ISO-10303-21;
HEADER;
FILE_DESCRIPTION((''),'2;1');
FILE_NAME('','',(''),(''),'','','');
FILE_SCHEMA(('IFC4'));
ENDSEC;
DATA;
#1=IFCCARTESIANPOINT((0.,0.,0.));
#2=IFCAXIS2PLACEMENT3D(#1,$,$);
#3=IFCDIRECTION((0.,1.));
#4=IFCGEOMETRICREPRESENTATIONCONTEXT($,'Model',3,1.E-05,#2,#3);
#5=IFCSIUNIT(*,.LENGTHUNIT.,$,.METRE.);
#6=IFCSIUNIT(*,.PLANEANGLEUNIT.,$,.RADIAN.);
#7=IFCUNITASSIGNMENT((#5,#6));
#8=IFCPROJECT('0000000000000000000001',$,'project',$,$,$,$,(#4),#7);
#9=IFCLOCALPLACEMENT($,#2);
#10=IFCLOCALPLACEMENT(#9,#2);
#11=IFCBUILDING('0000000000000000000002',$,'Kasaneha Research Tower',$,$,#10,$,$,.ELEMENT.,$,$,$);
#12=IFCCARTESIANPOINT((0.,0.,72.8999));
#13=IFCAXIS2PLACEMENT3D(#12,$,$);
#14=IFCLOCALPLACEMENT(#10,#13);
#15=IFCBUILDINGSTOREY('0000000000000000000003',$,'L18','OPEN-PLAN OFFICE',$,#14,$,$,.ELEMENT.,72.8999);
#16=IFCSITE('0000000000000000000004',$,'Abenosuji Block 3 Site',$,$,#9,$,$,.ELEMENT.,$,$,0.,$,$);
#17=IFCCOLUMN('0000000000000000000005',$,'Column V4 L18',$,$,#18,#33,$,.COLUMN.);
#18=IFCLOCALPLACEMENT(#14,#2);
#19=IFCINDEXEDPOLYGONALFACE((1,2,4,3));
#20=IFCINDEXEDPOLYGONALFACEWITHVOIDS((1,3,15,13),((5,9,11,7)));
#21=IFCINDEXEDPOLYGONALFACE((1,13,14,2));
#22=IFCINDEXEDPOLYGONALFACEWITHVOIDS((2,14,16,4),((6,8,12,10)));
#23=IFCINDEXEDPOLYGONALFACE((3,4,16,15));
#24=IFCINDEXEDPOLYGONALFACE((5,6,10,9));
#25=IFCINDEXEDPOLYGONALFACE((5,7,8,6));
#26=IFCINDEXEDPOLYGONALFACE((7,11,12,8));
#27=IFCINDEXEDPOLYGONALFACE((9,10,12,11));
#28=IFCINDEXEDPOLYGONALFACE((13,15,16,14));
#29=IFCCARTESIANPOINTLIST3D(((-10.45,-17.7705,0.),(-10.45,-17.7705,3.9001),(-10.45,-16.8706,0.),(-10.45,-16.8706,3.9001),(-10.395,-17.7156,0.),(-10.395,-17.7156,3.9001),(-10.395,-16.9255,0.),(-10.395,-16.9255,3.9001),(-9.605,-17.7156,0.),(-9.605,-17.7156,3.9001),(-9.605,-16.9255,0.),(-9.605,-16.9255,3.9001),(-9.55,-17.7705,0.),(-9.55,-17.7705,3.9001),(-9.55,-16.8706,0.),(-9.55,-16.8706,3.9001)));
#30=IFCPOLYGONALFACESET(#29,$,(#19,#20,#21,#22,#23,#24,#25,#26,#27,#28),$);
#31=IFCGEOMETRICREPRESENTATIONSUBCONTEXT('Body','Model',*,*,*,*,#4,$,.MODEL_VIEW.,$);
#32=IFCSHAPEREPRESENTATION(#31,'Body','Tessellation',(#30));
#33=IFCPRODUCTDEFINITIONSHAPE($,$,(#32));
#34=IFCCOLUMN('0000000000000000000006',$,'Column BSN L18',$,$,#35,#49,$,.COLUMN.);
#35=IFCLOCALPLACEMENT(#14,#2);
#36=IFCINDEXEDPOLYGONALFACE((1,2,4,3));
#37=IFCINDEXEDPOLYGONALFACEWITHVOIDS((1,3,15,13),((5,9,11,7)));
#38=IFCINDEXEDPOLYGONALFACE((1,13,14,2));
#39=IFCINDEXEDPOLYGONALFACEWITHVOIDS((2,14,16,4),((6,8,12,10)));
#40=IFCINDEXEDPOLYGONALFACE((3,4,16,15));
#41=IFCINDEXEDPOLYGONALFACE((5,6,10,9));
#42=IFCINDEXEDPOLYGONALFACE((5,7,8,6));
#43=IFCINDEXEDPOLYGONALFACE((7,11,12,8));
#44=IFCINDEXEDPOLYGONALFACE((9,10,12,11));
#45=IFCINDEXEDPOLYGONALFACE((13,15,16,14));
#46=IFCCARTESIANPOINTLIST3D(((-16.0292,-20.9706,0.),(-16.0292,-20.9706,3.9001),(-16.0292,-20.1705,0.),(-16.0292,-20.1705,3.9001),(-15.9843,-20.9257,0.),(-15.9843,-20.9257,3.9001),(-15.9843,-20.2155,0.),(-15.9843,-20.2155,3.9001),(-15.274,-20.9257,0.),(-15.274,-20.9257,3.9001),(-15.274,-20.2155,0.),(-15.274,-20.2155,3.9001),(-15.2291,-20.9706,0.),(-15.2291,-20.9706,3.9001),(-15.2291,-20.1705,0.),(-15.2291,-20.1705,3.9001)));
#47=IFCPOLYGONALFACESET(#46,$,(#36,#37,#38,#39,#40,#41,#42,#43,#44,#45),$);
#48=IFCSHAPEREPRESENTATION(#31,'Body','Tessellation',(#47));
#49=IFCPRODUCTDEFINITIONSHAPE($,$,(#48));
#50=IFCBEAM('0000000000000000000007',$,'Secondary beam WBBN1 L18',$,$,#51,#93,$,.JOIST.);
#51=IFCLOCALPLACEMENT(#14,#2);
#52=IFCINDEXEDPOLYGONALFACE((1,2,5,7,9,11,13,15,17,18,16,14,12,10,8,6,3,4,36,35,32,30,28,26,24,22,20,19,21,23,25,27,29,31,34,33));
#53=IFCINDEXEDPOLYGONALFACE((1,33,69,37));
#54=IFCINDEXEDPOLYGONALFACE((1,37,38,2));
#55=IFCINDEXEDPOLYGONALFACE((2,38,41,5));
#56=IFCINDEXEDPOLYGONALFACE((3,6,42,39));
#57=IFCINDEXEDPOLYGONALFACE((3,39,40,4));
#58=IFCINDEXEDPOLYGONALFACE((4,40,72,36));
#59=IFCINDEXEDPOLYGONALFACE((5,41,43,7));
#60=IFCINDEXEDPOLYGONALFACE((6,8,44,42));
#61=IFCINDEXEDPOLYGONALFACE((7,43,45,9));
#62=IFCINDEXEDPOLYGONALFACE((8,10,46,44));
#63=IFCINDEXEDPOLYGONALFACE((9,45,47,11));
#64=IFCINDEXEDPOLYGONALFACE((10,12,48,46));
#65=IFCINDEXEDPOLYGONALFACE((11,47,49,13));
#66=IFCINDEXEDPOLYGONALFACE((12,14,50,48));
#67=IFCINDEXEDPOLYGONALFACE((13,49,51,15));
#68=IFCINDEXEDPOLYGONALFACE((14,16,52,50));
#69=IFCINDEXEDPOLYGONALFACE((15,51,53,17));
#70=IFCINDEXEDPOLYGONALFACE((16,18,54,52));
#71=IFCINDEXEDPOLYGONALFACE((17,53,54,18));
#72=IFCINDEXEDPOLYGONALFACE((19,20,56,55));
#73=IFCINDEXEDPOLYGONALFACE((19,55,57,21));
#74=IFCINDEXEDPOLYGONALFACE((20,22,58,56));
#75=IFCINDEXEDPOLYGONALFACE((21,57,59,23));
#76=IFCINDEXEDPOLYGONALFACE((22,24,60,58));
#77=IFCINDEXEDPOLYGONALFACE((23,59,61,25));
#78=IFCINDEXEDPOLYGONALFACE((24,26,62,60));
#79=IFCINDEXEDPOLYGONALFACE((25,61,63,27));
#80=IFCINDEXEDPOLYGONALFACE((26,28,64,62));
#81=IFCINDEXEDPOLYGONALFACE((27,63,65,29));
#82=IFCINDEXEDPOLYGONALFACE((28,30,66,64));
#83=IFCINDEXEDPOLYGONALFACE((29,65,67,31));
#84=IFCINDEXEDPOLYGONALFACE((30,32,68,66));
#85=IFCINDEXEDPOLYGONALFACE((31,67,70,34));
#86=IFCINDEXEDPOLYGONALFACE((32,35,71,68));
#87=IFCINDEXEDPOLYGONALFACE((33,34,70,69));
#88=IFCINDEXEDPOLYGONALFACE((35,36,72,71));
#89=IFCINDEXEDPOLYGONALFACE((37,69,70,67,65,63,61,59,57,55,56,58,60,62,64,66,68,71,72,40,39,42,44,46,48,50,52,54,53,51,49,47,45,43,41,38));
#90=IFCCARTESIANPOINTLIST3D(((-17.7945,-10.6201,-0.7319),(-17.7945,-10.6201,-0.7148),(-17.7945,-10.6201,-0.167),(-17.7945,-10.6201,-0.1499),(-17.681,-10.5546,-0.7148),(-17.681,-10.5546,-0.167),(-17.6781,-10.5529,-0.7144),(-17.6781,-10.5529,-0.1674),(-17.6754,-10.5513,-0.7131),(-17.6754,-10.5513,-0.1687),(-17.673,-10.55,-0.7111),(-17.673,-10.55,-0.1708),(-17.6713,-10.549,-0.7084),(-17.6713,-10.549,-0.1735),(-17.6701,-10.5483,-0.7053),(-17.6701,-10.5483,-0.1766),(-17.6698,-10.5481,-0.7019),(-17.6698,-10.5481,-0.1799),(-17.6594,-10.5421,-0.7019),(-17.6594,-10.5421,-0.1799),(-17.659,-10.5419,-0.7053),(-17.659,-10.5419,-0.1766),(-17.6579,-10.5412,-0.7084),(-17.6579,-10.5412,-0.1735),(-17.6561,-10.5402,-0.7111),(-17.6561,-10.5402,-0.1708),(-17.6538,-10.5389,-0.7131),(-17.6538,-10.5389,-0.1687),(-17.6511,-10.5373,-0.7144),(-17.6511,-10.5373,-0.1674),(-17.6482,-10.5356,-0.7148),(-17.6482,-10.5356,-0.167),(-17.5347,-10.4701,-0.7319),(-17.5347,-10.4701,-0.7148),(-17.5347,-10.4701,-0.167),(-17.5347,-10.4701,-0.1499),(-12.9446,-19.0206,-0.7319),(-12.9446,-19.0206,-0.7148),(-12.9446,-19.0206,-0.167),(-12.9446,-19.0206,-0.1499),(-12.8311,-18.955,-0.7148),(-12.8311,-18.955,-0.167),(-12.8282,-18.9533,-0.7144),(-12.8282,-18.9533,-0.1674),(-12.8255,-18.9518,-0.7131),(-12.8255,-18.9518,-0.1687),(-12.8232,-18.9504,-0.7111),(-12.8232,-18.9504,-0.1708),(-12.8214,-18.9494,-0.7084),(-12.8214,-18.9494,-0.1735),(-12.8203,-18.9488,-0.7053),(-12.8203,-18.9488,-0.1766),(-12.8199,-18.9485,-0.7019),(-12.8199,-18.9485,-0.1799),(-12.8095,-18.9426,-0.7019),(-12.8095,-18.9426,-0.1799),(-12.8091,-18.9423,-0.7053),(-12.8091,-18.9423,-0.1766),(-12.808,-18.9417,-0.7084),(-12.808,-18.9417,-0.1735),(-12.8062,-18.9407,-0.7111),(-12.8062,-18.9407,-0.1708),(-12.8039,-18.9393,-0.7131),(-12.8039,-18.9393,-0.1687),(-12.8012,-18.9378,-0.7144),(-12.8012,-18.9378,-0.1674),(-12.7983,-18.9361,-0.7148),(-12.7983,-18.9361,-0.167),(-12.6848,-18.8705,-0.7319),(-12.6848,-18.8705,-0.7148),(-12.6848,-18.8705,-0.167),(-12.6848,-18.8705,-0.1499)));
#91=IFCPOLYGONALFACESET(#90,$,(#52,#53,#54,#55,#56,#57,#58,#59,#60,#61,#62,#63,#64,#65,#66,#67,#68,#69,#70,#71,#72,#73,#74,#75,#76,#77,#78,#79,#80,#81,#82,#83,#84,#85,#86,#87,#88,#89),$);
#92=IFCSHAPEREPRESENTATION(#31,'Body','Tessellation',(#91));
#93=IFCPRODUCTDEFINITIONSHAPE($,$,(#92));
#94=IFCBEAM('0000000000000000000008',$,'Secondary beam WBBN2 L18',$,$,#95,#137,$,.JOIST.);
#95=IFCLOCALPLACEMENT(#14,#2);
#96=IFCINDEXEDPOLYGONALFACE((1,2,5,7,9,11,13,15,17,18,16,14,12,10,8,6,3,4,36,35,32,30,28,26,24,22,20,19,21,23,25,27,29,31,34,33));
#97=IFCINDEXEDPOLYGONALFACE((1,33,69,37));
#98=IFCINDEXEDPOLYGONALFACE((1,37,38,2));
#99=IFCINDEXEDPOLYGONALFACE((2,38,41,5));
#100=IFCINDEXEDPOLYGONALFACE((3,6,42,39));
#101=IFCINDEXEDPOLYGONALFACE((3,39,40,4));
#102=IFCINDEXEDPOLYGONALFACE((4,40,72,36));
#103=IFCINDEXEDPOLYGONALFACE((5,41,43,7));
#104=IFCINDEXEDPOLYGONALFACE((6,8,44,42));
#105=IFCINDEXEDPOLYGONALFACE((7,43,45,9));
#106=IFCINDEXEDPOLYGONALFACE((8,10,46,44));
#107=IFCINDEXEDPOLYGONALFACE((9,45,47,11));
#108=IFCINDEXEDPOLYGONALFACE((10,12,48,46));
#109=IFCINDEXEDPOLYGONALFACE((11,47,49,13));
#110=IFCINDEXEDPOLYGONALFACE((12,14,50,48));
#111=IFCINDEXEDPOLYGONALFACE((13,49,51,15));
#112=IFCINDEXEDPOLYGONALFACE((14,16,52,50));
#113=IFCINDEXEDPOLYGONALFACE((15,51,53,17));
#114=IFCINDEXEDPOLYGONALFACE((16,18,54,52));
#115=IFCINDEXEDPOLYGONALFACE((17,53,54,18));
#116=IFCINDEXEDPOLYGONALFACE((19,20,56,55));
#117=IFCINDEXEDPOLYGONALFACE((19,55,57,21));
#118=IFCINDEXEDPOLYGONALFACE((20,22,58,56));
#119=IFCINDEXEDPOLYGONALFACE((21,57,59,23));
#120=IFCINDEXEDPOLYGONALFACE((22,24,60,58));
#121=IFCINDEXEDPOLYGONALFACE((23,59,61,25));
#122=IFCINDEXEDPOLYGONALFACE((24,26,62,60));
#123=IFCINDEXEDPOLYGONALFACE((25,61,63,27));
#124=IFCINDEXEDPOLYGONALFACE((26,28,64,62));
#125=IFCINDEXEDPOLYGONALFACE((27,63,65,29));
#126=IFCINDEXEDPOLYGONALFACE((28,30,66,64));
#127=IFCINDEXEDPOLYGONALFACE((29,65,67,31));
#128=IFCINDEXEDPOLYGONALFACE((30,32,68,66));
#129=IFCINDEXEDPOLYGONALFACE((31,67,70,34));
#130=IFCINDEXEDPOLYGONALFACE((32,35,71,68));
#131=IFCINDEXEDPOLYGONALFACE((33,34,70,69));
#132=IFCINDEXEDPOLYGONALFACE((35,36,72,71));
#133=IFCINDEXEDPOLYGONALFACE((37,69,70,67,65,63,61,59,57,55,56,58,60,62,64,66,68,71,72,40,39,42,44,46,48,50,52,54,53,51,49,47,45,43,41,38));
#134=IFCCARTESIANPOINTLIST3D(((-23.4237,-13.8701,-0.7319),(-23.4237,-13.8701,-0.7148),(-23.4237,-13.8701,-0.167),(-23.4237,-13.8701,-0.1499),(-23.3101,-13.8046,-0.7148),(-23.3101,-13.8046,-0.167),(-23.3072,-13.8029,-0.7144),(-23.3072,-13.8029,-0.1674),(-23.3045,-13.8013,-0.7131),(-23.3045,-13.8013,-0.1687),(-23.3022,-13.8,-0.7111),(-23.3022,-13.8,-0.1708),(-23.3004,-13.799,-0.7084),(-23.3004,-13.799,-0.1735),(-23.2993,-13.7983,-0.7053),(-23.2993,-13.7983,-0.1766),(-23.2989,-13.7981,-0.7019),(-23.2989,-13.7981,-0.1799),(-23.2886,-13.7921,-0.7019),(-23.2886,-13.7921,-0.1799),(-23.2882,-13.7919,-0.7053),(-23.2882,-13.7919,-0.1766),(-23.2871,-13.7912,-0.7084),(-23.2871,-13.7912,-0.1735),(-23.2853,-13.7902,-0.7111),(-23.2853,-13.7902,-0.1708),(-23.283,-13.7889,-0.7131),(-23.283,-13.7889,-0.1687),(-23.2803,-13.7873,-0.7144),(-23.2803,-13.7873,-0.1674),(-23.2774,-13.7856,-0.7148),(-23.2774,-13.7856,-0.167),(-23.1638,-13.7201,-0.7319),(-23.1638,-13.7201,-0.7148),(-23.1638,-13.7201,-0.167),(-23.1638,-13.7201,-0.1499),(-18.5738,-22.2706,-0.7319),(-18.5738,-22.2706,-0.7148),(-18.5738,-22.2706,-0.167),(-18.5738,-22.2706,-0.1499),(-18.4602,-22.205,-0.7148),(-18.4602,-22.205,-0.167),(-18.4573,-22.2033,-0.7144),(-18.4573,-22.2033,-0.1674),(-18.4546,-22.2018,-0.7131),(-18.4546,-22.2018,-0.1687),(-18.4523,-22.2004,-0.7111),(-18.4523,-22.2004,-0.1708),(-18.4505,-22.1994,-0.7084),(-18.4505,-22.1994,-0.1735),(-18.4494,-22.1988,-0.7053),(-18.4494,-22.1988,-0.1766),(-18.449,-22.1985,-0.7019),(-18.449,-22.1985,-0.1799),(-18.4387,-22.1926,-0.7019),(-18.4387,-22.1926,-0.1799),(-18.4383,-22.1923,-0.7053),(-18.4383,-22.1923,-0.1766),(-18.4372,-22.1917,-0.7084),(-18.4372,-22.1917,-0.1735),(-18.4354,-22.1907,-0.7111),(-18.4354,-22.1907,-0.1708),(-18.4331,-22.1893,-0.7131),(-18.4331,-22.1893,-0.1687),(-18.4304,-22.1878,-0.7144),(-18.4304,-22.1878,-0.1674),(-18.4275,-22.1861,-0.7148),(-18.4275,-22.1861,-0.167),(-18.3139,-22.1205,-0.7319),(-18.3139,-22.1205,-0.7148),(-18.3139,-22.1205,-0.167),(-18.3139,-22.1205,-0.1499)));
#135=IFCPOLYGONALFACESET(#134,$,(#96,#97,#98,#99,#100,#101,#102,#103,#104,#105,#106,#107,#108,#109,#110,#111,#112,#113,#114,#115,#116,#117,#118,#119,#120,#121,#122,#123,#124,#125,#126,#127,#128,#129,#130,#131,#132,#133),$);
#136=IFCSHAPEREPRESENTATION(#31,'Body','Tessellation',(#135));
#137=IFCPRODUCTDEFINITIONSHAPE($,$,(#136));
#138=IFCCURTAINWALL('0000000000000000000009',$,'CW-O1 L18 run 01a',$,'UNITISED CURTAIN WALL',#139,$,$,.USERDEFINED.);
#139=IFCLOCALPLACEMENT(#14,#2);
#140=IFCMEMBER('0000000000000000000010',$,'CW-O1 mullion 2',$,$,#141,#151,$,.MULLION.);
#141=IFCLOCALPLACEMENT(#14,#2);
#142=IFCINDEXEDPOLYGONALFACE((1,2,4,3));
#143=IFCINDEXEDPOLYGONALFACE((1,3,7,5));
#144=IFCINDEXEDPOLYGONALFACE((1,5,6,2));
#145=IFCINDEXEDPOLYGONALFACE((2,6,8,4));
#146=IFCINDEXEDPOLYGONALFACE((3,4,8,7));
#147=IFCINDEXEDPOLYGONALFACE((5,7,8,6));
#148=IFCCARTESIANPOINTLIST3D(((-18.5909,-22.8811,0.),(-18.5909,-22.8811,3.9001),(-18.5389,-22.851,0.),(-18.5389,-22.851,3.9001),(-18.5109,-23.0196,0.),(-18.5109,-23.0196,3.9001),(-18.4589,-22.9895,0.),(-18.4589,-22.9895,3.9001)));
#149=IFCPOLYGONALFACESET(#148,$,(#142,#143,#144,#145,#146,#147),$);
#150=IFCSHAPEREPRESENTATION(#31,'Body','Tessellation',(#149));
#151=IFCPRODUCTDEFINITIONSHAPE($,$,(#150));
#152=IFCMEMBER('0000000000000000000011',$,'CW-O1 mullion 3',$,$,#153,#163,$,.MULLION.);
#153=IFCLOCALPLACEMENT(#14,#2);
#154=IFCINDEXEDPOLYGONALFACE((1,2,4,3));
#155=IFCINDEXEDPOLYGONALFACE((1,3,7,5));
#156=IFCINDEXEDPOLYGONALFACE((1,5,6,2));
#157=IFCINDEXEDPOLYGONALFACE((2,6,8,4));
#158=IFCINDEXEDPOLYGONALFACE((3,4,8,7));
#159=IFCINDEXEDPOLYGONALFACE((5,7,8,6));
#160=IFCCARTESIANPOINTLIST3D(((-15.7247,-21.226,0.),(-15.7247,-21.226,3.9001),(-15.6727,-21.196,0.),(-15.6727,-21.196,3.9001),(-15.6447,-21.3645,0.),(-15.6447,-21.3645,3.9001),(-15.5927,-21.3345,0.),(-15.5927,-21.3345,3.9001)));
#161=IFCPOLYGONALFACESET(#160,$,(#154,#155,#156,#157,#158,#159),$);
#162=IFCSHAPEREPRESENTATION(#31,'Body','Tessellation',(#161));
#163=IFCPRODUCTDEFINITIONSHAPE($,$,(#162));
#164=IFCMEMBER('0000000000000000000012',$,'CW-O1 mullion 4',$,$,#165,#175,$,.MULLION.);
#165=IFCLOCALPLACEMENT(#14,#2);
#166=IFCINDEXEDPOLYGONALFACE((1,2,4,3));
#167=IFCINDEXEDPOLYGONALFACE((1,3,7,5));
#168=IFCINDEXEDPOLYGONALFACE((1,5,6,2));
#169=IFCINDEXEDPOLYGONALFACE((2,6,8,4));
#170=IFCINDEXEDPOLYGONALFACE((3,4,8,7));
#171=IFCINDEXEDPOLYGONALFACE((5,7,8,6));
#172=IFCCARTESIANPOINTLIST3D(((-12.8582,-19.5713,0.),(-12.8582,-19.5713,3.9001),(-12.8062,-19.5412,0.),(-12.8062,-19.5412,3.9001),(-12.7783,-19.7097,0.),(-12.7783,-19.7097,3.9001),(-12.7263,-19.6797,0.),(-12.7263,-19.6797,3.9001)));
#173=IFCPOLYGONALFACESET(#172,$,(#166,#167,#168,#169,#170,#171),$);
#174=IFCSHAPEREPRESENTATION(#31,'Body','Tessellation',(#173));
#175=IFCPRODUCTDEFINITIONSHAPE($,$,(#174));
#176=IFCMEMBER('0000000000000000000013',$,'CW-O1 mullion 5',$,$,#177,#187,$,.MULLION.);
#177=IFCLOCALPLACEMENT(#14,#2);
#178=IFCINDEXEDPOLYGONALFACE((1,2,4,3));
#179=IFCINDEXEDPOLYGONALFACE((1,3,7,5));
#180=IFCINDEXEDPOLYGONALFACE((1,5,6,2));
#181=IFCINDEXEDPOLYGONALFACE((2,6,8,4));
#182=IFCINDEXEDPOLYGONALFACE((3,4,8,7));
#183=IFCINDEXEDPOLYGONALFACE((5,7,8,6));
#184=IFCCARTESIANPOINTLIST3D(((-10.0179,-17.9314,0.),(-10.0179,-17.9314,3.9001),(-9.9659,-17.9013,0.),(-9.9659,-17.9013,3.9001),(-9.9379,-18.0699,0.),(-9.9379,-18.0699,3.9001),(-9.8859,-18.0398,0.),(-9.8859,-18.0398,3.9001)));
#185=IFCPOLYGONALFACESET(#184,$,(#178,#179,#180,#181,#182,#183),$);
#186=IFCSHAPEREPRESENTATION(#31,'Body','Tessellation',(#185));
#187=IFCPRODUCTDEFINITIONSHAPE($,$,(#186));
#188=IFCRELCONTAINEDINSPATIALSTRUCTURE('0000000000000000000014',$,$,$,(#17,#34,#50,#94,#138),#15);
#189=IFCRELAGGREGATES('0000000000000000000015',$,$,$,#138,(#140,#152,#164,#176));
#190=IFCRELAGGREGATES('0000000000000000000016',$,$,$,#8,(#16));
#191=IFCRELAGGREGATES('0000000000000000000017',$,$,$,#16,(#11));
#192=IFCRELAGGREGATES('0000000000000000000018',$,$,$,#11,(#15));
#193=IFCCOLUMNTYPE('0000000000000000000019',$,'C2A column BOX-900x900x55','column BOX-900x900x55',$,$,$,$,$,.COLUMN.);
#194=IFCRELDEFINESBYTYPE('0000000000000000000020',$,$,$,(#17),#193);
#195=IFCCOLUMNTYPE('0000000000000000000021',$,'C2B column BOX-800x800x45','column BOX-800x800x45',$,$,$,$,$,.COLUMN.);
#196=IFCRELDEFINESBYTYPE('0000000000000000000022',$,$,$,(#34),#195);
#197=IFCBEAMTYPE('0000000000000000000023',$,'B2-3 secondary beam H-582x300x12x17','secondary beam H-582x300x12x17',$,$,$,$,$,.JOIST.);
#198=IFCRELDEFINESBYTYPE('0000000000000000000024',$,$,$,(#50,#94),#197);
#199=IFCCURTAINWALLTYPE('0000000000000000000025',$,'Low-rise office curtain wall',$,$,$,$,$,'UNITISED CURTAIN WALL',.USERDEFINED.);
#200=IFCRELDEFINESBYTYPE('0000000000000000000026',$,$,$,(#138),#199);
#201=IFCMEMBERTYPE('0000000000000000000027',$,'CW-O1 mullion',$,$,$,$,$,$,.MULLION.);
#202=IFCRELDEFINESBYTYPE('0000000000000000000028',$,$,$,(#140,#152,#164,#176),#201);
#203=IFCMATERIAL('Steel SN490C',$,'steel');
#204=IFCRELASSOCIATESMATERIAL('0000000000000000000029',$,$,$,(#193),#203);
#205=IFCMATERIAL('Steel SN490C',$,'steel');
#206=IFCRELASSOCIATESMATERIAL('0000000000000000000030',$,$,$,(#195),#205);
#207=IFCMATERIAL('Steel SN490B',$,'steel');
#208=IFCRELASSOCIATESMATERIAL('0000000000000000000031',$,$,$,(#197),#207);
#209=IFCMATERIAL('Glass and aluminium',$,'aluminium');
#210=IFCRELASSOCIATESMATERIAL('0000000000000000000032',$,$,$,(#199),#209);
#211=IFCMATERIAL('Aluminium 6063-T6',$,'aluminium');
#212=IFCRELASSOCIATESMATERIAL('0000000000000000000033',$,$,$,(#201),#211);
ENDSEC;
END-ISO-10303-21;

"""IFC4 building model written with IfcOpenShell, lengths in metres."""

from ifc_helpers import new_model, si_unit, direction, frame, origin, origin_2d, place, context, subcontext, project, spatial, rectangle, hollow_rectangle, i_section, extrude, material, material_profile, profile_set, type_object, element, aggregate, save


model = new_model("IFC4")

# Units and contexts
model_context = context("Model", 3, precision=1e-05, world=origin(), true_north=direction((0.0, 1.0)))
body_context = subcontext(model_context, "Body", "Model", "MODEL_VIEW")
ifc_project = project(units=[si_unit("LENGTHUNIT", "METRE"), si_unit("PLANEANGLEUNIT", "RADIAN")], contexts=[model_context])

# Site, building, storey
site_placement = place(None, origin())
site = spatial("IfcSite", under=ifc_project, at=site_placement, Name="Abenosuji Block 3 Site", CompositionType="ELEMENT", RefElevation=0.0)
building_placement = place(site_placement, origin())
building = spatial("IfcBuilding", under=site, at=building_placement, Name="Kasaneha Research Tower", CompositionType="ELEMENT")
storey_placement = place(building_placement, frame((0.0, 0.0, 72.8999)))
storey = spatial("IfcBuildingStorey", under=building, at=storey_placement, Name="L18", Description="OPEN-PLAN OFFICE", CompositionType="ELEMENT", Elevation=72.8999)

# Columns
ifc_material_1 = material(Name="Steel SN490C", Category="steel")
ifc_material_profile_1 = material_profile(ifc_material_1, hollow_rectangle(XDim=0.8999, YDim=0.8999, WallThickness=0.0549, at=origin_2d()), Name="BOX-900x900x55")
ifc_profile_set_1 = profile_set([ifc_material_profile_1], Name="Steel SN490C")
column_type_1 = type_object("IfcColumnType", Name="C2A column BOX-900x900x55", Description="column BOX-900x900x55", PredefinedType="COLUMN", material=ifc_profile_set_1)
column_1_placement = place(storey_placement, frame((-10.0, -17.3206, 0.0), z_axis=(0.0, 0.0, 1.0), x_axis=(1.0, 0.0, 0.0)))
element("IfcColumn", 1, at=column_1_placement, inside=storey, type_object=column_type_1, Name="Column V4 L18", PredefinedType="COLUMN", context=body_context, shape_type="SweptSolid", body=[
    extrude(hollow_rectangle(XDim=0.8999, YDim=0.8999, WallThickness=0.0549, at=origin_2d()), origin(), (0.0, 0.0, 1.0), 3.9001),
])
ifc_material_2 = material(Name="Steel SN490C", Category="steel")
ifc_material_profile_2 = material_profile(ifc_material_2, hollow_rectangle(XDim=0.8, YDim=0.8, WallThickness=0.0449, at=origin_2d()), Name="BOX-800x800x45")
ifc_profile_set_2 = profile_set([ifc_material_profile_2], Name="Steel SN490C")
column_type_2 = type_object("IfcColumnType", Name="C2B column BOX-800x800x45", Description="column BOX-800x800x45", PredefinedType="COLUMN", material=ifc_profile_set_2)
column_2_placement = place(storey_placement, frame((-15.6292, -20.5706, 0.0), z_axis=(0.0, 0.0, 1.0), x_axis=(1.0, 0.0, 0.0)))
element("IfcColumn", 2, at=column_2_placement, inside=storey, type_object=column_type_2, Name="Column BSN L18", PredefinedType="COLUMN", context=body_context, shape_type="SweptSolid", body=[
    extrude(hollow_rectangle(XDim=0.8, YDim=0.8, WallThickness=0.0449, at=origin_2d()), origin(), (0.0, 0.0, 1.0), 3.9001),
])

# Beams
ifc_material_3 = material(Name="Steel SN490B", Category="steel")
ifc_material_profile_3 = material_profile(ifc_material_3, i_section(OverallWidth=0.3, OverallDepth=0.582, WebThickness=0.012, FlangeThickness=0.0171, FilletRadius=0.0129, at=origin_2d()), Name="H-582x300x12x17")
ifc_profile_set_3 = profile_set([ifc_material_profile_3], Name="Steel SN490B")
beam_type_1 = type_object("IfcBeamType", Name="B2-3 secondary beam H-582x300x12x17", Description="secondary beam H-582x300x12x17", PredefinedType="JOIST", material=ifc_profile_set_3)
for number, where, z_axis, x_axis, name in (
    (3, (-12.8147, -18.9456, -0.4409), (-0.499991, 0.866031, 0.0), (-0.866031, -0.499991, 0.0), "Secondary beam WBBN1 L18"),
    (4, (-18.4438, -22.1956, -0.4409), (-0.499991, 0.866031, 0.0), (-0.866031, -0.499991, 0.0), "Secondary beam WBBN2 L18"),
):
    element("IfcBeam", number, at=place(storey_placement, frame(where, z_axis=z_axis, x_axis=x_axis)), inside=storey, type_object=beam_type_1, Name=name, PredefinedType="JOIST", context=body_context, shape_type="SweptSolid", body=[
        extrude(i_section(OverallWidth=0.3, OverallDepth=0.582, WebThickness=0.012, FlangeThickness=0.0171, FilletRadius=0.0129, at=origin_2d()), origin(), (0.0, 0.0, 1.0), 9.7),
    ])

# Curtain wall, members
ifc_material_4 = material(Name="Glass and aluminium", Category="aluminium")
curtain_wall_type = type_object("IfcCurtainWallType", Name="Low-rise office curtain wall", ElementType="UNITISED CURTAIN WALL", PredefinedType="USERDEFINED", material=ifc_material_4)
curtain_wall_1_placement = place(storey_placement, origin())
curtain_wall_1 = element("IfcCurtainWall", 5, at=curtain_wall_1_placement, inside=storey, type_object=curtain_wall_type, Name="CW-O1 L18 run 01a", ObjectType="UNITISED CURTAIN WALL", PredefinedType="USERDEFINED")
ifc_material_5 = material(Name="Aluminium 6063-T6", Category="aluminium")
ifc_material_profile_4 = material_profile(ifc_material_5, rectangle(XDim=0.0601, YDim=0.1599, at=origin_2d()), Name="CW-O1 mullion 60x160")
ifc_profile_set_4 = profile_set([ifc_material_profile_4], Name="Aluminium 6063-T6")
member_type_1 = type_object("IfcMemberType", Name="CW-O1 mullion", PredefinedType="MULLION", material=ifc_profile_set_4)
member_1_placement = place(storey_placement, frame((-18.5249, -22.9353, 0.0), z_axis=(0.0, 0.0, 1.0), x_axis=(0.866025, 0.5, 0.0)))
member_1 = element("IfcMember", 6, at=member_1_placement, type_object=member_type_1, Name="CW-O1 mullion 2", PredefinedType="MULLION", context=body_context, shape_type="SweptSolid", body=[
    extrude(rectangle(XDim=0.0601, YDim=0.1599, at=origin_2d()), origin(), (0.0, 0.0, 1.0), 3.9001),
])
member_2_placement = place(storey_placement, frame((-15.6587, -21.2803, 0.0), z_axis=(0.0, 0.0, 1.0), x_axis=(0.866025, 0.5, 0.0)))
member_2 = element("IfcMember", 7, at=member_2_placement, type_object=member_type_1, Name="CW-O1 mullion 3", PredefinedType="MULLION", context=body_context, shape_type="SweptSolid", body=[
    extrude(rectangle(XDim=0.0601, YDim=0.1599, at=origin_2d()), origin(), (0.0, 0.0, 1.0), 3.9001),
])
member_3_placement = place(storey_placement, frame((-12.7922, -19.6255, 0.0), z_axis=(0.0, 0.0, 1.0), x_axis=(0.866025, 0.5, 0.0)))
member_3 = element("IfcMember", 8, at=member_3_placement, type_object=member_type_1, Name="CW-O1 mullion 4", PredefinedType="MULLION", context=body_context, shape_type="SweptSolid", body=[
    extrude(rectangle(XDim=0.0601, YDim=0.1599, at=origin_2d()), origin(), (0.0, 0.0, 1.0), 3.9001),
])
member_4_placement = place(storey_placement, frame((-9.9519, -17.9856, 0.0), z_axis=(0.0, 0.0, 1.0), x_axis=(0.866025, 0.5, 0.0)))
member_4 = element("IfcMember", 9, at=member_4_placement, type_object=member_type_1, Name="CW-O1 mullion 5", PredefinedType="MULLION", context=body_context, shape_type="SweptSolid", body=[
    extrude(rectangle(XDim=0.0601, YDim=0.1599, at=origin_2d()), origin(), (0.0, 0.0, 1.0), 3.9001),
])

aggregate(curtain_wall_1, [member_1, member_2, member_3, member_4])

save(model, "model.ifc")
